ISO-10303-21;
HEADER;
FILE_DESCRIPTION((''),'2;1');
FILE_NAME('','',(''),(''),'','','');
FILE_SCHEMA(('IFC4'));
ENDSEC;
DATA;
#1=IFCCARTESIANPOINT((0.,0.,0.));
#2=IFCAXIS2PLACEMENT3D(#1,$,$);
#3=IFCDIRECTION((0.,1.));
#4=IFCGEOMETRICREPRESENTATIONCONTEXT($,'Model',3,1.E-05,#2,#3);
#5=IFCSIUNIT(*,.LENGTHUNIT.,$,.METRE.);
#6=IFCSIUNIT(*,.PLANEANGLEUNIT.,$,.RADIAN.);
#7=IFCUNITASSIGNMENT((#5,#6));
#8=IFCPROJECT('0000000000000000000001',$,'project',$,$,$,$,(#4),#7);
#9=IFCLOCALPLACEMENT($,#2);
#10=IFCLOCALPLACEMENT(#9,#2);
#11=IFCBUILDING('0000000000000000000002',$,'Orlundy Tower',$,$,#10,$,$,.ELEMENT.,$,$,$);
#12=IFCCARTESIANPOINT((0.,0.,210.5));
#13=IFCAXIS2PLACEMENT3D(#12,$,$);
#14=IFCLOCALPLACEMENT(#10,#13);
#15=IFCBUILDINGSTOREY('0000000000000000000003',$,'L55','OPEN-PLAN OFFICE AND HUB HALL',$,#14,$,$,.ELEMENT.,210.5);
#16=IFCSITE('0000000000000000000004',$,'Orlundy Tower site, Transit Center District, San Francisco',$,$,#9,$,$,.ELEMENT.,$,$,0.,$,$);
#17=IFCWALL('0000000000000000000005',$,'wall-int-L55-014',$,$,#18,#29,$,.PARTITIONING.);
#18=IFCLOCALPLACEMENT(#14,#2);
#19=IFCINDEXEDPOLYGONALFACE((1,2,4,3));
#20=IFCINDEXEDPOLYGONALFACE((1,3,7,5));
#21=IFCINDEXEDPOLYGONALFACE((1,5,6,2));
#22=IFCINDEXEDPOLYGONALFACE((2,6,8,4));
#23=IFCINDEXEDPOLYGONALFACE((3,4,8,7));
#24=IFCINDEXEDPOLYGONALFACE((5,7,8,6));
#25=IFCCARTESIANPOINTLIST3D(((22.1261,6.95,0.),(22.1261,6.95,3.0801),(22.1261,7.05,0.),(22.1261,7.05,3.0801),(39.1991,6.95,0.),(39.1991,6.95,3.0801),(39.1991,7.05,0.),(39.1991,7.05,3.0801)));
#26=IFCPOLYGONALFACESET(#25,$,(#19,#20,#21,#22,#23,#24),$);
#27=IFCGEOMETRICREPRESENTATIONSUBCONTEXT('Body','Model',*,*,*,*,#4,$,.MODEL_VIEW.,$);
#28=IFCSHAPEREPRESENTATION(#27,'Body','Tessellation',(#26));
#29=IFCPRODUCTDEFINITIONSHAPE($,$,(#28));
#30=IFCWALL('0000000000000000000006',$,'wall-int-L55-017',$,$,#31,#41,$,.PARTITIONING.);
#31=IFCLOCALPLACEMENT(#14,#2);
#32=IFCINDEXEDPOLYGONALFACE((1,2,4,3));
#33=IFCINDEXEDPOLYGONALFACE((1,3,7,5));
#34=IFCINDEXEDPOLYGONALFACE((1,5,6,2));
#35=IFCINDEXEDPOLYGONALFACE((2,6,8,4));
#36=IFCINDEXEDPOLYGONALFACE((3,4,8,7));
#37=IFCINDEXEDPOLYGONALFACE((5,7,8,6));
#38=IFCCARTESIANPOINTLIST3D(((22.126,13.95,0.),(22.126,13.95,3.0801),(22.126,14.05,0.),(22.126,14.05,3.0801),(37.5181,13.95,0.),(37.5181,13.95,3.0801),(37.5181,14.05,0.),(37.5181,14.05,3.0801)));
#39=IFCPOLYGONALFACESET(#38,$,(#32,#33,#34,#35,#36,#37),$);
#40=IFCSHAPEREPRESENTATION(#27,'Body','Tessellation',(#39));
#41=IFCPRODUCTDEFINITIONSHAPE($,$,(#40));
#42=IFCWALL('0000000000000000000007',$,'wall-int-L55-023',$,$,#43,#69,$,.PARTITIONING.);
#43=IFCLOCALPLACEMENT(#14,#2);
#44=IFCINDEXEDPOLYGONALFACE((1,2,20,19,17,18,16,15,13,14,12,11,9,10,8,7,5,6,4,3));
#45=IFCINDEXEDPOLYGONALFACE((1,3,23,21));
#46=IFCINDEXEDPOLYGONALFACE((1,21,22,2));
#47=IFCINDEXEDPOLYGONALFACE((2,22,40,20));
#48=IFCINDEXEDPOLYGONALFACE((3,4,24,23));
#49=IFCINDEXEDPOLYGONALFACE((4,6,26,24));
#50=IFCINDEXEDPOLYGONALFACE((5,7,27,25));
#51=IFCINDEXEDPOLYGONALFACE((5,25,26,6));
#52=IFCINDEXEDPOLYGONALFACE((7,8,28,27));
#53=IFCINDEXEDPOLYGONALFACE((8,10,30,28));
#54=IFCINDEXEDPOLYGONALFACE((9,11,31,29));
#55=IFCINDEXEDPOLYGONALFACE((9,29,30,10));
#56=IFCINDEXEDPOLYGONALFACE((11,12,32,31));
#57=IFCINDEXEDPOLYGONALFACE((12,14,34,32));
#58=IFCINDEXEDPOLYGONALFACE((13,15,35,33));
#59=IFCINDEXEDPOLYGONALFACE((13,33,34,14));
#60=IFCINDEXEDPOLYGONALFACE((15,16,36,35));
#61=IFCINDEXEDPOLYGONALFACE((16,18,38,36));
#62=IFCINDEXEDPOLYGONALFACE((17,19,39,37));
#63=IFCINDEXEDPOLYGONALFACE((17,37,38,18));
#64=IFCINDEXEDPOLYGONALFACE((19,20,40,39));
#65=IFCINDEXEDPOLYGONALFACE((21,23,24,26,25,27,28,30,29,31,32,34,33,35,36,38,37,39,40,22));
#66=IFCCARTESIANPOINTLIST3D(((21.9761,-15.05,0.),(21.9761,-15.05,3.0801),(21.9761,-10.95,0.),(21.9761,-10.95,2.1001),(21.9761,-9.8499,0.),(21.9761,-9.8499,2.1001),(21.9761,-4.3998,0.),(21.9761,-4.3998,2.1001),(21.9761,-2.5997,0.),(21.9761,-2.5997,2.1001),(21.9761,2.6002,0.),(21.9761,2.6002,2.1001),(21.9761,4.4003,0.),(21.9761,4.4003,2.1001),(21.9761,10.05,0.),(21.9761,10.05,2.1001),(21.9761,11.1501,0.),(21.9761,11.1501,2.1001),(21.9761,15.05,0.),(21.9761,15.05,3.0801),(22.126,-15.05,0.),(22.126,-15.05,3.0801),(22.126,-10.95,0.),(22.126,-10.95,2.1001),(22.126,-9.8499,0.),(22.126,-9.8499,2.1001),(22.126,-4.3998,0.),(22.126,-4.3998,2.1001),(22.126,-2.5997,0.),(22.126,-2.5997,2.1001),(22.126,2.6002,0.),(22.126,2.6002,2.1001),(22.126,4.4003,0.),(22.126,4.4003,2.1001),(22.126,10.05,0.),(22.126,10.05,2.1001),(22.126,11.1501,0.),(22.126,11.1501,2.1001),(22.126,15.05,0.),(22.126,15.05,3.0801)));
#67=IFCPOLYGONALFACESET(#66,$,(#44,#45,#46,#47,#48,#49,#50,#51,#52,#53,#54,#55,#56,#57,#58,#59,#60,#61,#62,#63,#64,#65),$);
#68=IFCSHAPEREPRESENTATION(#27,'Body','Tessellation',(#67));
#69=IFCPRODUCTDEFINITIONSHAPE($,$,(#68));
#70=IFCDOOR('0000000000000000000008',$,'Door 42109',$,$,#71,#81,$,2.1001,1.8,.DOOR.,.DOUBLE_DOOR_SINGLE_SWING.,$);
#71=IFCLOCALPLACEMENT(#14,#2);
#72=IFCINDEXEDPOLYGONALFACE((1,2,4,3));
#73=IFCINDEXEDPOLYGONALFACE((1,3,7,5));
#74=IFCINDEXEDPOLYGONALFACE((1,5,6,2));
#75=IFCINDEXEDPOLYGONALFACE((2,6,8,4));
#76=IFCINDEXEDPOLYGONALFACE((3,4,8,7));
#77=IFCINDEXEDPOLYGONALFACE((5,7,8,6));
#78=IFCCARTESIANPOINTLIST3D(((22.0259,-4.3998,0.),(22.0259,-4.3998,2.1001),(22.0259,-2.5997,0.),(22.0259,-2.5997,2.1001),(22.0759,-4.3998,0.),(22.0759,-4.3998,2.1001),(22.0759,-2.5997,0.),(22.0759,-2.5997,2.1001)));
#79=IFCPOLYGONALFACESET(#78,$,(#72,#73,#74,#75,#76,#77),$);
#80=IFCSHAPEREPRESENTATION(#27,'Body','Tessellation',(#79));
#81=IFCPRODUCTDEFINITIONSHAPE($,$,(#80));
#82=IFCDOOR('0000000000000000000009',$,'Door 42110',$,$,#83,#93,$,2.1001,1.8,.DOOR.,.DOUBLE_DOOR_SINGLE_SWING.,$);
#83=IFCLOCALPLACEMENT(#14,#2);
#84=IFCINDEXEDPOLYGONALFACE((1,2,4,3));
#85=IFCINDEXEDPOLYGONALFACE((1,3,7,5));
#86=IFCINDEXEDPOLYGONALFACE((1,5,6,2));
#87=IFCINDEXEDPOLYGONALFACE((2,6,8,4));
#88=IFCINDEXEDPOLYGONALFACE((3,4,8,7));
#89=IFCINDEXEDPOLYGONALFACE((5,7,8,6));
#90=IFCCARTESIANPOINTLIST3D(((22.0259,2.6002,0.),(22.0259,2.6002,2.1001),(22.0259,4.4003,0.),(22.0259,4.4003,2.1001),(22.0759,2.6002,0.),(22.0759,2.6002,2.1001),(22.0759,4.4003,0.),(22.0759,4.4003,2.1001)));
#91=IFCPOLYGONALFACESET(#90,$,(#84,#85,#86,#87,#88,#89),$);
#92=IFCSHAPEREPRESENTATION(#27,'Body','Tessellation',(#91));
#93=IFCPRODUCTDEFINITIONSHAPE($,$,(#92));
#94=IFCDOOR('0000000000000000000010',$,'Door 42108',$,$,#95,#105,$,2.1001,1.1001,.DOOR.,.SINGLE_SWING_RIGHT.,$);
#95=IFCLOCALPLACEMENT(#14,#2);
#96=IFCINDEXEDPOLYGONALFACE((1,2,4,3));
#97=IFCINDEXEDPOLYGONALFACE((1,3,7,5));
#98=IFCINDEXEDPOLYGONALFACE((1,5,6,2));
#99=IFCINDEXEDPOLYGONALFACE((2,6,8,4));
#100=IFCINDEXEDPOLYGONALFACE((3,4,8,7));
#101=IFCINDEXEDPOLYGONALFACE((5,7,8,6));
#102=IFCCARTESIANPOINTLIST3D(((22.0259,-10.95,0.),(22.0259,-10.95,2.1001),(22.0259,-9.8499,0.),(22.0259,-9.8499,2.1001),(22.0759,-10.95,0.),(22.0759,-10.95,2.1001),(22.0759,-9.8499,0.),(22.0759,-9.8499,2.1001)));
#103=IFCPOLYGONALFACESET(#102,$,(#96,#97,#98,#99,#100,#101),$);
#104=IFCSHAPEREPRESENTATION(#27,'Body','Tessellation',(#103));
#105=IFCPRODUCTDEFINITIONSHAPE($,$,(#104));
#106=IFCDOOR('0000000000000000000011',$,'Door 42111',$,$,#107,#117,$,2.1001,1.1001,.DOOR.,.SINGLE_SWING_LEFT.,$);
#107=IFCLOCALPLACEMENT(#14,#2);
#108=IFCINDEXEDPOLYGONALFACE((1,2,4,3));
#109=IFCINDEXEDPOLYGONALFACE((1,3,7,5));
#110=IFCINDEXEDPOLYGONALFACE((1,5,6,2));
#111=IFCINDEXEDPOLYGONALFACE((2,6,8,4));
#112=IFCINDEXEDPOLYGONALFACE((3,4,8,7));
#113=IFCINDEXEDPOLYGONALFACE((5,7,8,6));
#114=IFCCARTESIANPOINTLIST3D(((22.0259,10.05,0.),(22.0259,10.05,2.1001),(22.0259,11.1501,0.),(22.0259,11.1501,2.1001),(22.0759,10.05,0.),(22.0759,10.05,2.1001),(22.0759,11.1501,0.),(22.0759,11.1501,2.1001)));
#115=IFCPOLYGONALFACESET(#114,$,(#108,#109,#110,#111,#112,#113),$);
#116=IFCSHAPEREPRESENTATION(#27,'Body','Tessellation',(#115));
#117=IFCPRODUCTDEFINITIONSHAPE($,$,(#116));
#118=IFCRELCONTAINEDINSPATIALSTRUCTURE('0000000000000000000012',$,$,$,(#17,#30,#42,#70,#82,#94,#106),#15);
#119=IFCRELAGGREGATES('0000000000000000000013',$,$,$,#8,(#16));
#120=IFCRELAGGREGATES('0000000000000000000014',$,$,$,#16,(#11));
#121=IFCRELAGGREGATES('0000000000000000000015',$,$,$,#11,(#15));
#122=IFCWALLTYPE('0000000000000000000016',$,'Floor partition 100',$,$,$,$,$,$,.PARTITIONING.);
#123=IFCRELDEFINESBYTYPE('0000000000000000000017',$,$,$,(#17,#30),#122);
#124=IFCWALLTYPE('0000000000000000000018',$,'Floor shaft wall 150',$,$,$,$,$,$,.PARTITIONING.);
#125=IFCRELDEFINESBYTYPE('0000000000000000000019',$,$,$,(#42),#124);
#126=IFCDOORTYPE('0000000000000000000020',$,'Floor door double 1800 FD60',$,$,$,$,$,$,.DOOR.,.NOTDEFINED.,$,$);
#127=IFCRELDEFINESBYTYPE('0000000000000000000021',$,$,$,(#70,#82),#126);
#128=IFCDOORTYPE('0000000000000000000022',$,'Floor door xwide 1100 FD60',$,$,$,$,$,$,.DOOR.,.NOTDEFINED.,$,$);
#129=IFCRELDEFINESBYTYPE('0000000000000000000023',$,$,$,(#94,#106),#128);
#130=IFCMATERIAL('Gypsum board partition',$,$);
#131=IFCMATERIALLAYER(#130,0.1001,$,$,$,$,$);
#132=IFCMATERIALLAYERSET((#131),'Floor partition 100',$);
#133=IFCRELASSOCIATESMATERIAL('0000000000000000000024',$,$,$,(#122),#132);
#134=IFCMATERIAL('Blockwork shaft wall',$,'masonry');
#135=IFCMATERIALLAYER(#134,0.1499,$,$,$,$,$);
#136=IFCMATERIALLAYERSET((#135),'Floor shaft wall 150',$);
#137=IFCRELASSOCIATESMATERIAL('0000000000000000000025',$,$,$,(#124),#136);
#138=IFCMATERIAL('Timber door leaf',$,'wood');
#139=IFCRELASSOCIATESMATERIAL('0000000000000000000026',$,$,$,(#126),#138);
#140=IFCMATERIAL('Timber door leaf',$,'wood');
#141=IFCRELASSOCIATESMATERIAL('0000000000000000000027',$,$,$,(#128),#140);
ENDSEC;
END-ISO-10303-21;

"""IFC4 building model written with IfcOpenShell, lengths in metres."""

from ifc_helpers import new_model, si_unit, direction, frame, frame_2d, origin, place, context, subcontext, project, spatial, rectangle, extrude, material, layer, layer_set, type_object, element, fill, save


model = new_model("IFC4")

# Units and contexts
model_context = context("Model", 3, precision=1e-05, world=origin(), true_north=direction((0.0, 1.0)))
body_context = subcontext(model_context, "Body", "Model", "MODEL_VIEW")
ifc_project = project(units=[si_unit("LENGTHUNIT", "METRE"), si_unit("PLANEANGLEUNIT", "RADIAN")], contexts=[model_context])

# Site, building, storey
site_placement = place(None, origin())
site = spatial("IfcSite", under=ifc_project, at=site_placement, Name="Orlundy Tower site, Transit Center District, San Francisco", CompositionType="ELEMENT", RefElevation=0.0)
building_placement = place(site_placement, origin())
building = spatial("IfcBuilding", under=site, at=building_placement, Name="Orlundy Tower", CompositionType="ELEMENT")
storey_placement = place(building_placement, frame((0.0, 0.0, 210.5)))
storey = spatial("IfcBuildingStorey", under=building, at=storey_placement, Name="L55", Description="OPEN-PLAN OFFICE AND HUB HALL", CompositionType="ELEMENT", Elevation=210.5)

# Walls
ifc_material_1 = material(Name="Gypsum board partition")
ifc_layer_1 = layer(ifc_material_1, 0.1001)
ifc_layer_set_1 = layer_set([ifc_layer_1], Name="Floor partition 100")
wall_type_1 = type_object("IfcWallType", Name="Floor partition 100", PredefinedType="PARTITIONING", material=ifc_layer_set_1)
wall_1_placement = place(storey_placement, frame((22.126, 7.0, 0.0), z_axis=(0.0, 0.0, 1.0), x_axis=(1.0, 0.0, 0.0)))
element("IfcWall", 1, at=wall_1_placement, inside=storey, type_object=wall_type_1, Name="wall-int-L55-014", PredefinedType="PARTITIONING", context=body_context, shape_type="SweptSolid", body=[
    extrude(rectangle(XDim=17.073, YDim=0.1001, at=frame_2d((8.5366, 0.0))), origin(), (0.0, 0.0, 1.0), 3.0801),
])
wall_2_placement = place(storey_placement, frame((22.126, 14.0, 0.0), z_axis=(0.0, 0.0, 1.0), x_axis=(1.0, 0.0, 0.0)))
element("IfcWall", 2, at=wall_2_placement, inside=storey, type_object=wall_type_1, Name="wall-int-L55-017", PredefinedType="PARTITIONING", context=body_context, shape_type="SweptSolid", body=[
    extrude(rectangle(XDim=15.3921, YDim=0.1001, at=frame_2d((7.696, 0.0))), origin(), (0.0, 0.0, 1.0), 3.0801),
])

# Wall, openings, doors
ifc_material_2 = material(Name="Blockwork shaft wall", Category="masonry")
ifc_layer_2 = layer(ifc_material_2, 0.1499)
ifc_layer_set_2 = layer_set([ifc_layer_2], Name="Floor shaft wall 150")
wall_type_2 = type_object("IfcWallType", Name="Floor shaft wall 150", PredefinedType="PARTITIONING", material=ifc_layer_set_2)
wall_3_placement = place(storey_placement, frame((22.051, 15.05, 0.0), z_axis=(0.0, 0.0, 1.0), x_axis=(0.0, -1.0, 0.0)))
wall_3 = element("IfcWall", 3, at=wall_3_placement, inside=storey, type_object=wall_type_2, Name="wall-int-L55-023", PredefinedType="PARTITIONING", context=body_context, shape_type="SweptSolid", body=[
    extrude(rectangle(XDim=30.1001, YDim=0.1499, at=frame_2d((15.05, 0.0))), origin(), (0.0, 0.0, 1.0), 3.0801),
])
opening_1_placement = place(wall_3_placement, frame((24.8999, 0.0, 0.0)))
opening_1 = element("IfcOpeningElement", 4, at=opening_1_placement, cuts=wall_3, PredefinedType="OPENING", context=body_context, shape_type="SweptSolid", body=[
    extrude(rectangle(XDim=1.1001, YDim=2.1001, at=frame_2d((0.55, 1.05))), frame((0.0, 0.085, 0.0), z_axis=(0.0, -1.0, 0.0), x_axis=(1.0, 0.0, 0.0)), (0.0, 0.0, 1.0), 0.1699),
])
opening_2_placement = place(wall_3_placement, frame((17.6499, 0.0, 0.0)))
opening_2 = element("IfcOpeningElement", 5, at=opening_2_placement, cuts=wall_3, PredefinedType="OPENING", context=body_context, shape_type="SweptSolid", body=[
    extrude(rectangle(XDim=1.8, YDim=2.1001, at=frame_2d((0.8999, 1.05))), frame((0.0, 0.085, 0.0), z_axis=(0.0, -1.0, 0.0), x_axis=(1.0, 0.0, 0.0)), (0.0, 0.0, 1.0), 0.1699),
])
opening_3_placement = place(wall_3_placement, frame((10.6499, 0.0, 0.0)))
opening_3 = element("IfcOpeningElement", 6, at=opening_3_placement, cuts=wall_3, PredefinedType="OPENING", context=body_context, shape_type="SweptSolid", body=[
    extrude(rectangle(XDim=1.8, YDim=2.1001, at=frame_2d((0.8999, 1.05))), frame((0.0, 0.085, 0.0), z_axis=(0.0, -1.0, 0.0), x_axis=(1.0, 0.0, 0.0)), (0.0, 0.0, 1.0), 0.1699),
])
opening_4_placement = place(wall_3_placement, frame((3.8999, 0.0, 0.0)))
opening_4 = element("IfcOpeningElement", 7, at=opening_4_placement, cuts=wall_3, PredefinedType="OPENING", context=body_context, shape_type="SweptSolid", body=[
    extrude(rectangle(XDim=1.1001, YDim=2.1001, at=frame_2d((0.55, 1.05))), frame((0.0, 0.085, 0.0), z_axis=(0.0, -1.0, 0.0), x_axis=(1.0, 0.0, 0.0)), (0.0, 0.0, 1.0), 0.1699),
])
ifc_material_3 = material(Name="Timber door leaf", Category="wood")
door_type_1 = type_object("IfcDoorType", Name="Floor door double 1800 FD60", OperationType="NOTDEFINED", PredefinedType="DOOR", material=ifc_material_3)
door_1_placement = place(opening_2_placement, origin())
door_1 = element("IfcDoor", 8, at=door_1_placement, inside=storey, type_object=door_type_1, Name="Door 42109", OperationType="DOUBLE_DOOR_SINGLE_SWING", OverallHeight=2.1001, OverallWidth=1.8, PredefinedType="DOOR", context=body_context, shape_type="SweptSolid", body=[
    extrude(rectangle(XDim=1.8, YDim=2.1001, at=frame_2d((0.8999, 1.05))), frame((0.0, 0.0249, 0.0), z_axis=(0.0, -1.0, 0.0), x_axis=(1.0, 0.0, 0.0)), (0.0, 0.0, 1.0), 0.05),
])
fill(opening_2, door_1)
door_2_placement = place(opening_3_placement, origin())
door_2 = element("IfcDoor", 9, at=door_2_placement, inside=storey, type_object=door_type_1, Name="Door 42110", OperationType="DOUBLE_DOOR_SINGLE_SWING", OverallHeight=2.1001, OverallWidth=1.8, PredefinedType="DOOR", context=body_context, shape_type="SweptSolid", body=[
    extrude(rectangle(XDim=1.8, YDim=2.1001, at=frame_2d((0.8999, 1.05))), frame((0.0, 0.0249, 0.0), z_axis=(0.0, -1.0, 0.0), x_axis=(1.0, 0.0, 0.0)), (0.0, 0.0, 1.0), 0.05),
])
fill(opening_3, door_2)
ifc_material_4 = material(Name="Timber door leaf", Category="wood")
door_type_2 = type_object("IfcDoorType", Name="Floor door xwide 1100 FD60", OperationType="NOTDEFINED", PredefinedType="DOOR", material=ifc_material_4)
door_3_placement = place(opening_1_placement, origin())
door_3 = element("IfcDoor", 10, at=door_3_placement, inside=storey, type_object=door_type_2, Name="Door 42108", OperationType="SINGLE_SWING_RIGHT", OverallHeight=2.1001, OverallWidth=1.1001, PredefinedType="DOOR", context=body_context, shape_type="SweptSolid", body=[
    extrude(rectangle(XDim=1.1001, YDim=2.1001, at=frame_2d((0.55, 1.05))), frame((0.0, 0.0249, 0.0), z_axis=(0.0, -1.0, 0.0), x_axis=(1.0, 0.0, 0.0)), (0.0, 0.0, 1.0), 0.05),
])
fill(opening_1, door_3)
door_4_placement = place(opening_4_placement, origin())
door_4 = element("IfcDoor", 11, at=door_4_placement, inside=storey, type_object=door_type_2, Name="Door 42111", OperationType="SINGLE_SWING_LEFT", OverallHeight=2.1001, OverallWidth=1.1001, PredefinedType="DOOR", context=body_context, shape_type="SweptSolid", body=[
    extrude(rectangle(XDim=1.1001, YDim=2.1001, at=frame_2d((0.55, 1.05))), frame((0.0, 0.0249, 0.0), z_axis=(0.0, -1.0, 0.0), x_axis=(1.0, 0.0, 0.0)), (0.0, 0.0, 1.0), 0.05),
])
fill(opening_4, door_4)

save(model, "model.ifc")
